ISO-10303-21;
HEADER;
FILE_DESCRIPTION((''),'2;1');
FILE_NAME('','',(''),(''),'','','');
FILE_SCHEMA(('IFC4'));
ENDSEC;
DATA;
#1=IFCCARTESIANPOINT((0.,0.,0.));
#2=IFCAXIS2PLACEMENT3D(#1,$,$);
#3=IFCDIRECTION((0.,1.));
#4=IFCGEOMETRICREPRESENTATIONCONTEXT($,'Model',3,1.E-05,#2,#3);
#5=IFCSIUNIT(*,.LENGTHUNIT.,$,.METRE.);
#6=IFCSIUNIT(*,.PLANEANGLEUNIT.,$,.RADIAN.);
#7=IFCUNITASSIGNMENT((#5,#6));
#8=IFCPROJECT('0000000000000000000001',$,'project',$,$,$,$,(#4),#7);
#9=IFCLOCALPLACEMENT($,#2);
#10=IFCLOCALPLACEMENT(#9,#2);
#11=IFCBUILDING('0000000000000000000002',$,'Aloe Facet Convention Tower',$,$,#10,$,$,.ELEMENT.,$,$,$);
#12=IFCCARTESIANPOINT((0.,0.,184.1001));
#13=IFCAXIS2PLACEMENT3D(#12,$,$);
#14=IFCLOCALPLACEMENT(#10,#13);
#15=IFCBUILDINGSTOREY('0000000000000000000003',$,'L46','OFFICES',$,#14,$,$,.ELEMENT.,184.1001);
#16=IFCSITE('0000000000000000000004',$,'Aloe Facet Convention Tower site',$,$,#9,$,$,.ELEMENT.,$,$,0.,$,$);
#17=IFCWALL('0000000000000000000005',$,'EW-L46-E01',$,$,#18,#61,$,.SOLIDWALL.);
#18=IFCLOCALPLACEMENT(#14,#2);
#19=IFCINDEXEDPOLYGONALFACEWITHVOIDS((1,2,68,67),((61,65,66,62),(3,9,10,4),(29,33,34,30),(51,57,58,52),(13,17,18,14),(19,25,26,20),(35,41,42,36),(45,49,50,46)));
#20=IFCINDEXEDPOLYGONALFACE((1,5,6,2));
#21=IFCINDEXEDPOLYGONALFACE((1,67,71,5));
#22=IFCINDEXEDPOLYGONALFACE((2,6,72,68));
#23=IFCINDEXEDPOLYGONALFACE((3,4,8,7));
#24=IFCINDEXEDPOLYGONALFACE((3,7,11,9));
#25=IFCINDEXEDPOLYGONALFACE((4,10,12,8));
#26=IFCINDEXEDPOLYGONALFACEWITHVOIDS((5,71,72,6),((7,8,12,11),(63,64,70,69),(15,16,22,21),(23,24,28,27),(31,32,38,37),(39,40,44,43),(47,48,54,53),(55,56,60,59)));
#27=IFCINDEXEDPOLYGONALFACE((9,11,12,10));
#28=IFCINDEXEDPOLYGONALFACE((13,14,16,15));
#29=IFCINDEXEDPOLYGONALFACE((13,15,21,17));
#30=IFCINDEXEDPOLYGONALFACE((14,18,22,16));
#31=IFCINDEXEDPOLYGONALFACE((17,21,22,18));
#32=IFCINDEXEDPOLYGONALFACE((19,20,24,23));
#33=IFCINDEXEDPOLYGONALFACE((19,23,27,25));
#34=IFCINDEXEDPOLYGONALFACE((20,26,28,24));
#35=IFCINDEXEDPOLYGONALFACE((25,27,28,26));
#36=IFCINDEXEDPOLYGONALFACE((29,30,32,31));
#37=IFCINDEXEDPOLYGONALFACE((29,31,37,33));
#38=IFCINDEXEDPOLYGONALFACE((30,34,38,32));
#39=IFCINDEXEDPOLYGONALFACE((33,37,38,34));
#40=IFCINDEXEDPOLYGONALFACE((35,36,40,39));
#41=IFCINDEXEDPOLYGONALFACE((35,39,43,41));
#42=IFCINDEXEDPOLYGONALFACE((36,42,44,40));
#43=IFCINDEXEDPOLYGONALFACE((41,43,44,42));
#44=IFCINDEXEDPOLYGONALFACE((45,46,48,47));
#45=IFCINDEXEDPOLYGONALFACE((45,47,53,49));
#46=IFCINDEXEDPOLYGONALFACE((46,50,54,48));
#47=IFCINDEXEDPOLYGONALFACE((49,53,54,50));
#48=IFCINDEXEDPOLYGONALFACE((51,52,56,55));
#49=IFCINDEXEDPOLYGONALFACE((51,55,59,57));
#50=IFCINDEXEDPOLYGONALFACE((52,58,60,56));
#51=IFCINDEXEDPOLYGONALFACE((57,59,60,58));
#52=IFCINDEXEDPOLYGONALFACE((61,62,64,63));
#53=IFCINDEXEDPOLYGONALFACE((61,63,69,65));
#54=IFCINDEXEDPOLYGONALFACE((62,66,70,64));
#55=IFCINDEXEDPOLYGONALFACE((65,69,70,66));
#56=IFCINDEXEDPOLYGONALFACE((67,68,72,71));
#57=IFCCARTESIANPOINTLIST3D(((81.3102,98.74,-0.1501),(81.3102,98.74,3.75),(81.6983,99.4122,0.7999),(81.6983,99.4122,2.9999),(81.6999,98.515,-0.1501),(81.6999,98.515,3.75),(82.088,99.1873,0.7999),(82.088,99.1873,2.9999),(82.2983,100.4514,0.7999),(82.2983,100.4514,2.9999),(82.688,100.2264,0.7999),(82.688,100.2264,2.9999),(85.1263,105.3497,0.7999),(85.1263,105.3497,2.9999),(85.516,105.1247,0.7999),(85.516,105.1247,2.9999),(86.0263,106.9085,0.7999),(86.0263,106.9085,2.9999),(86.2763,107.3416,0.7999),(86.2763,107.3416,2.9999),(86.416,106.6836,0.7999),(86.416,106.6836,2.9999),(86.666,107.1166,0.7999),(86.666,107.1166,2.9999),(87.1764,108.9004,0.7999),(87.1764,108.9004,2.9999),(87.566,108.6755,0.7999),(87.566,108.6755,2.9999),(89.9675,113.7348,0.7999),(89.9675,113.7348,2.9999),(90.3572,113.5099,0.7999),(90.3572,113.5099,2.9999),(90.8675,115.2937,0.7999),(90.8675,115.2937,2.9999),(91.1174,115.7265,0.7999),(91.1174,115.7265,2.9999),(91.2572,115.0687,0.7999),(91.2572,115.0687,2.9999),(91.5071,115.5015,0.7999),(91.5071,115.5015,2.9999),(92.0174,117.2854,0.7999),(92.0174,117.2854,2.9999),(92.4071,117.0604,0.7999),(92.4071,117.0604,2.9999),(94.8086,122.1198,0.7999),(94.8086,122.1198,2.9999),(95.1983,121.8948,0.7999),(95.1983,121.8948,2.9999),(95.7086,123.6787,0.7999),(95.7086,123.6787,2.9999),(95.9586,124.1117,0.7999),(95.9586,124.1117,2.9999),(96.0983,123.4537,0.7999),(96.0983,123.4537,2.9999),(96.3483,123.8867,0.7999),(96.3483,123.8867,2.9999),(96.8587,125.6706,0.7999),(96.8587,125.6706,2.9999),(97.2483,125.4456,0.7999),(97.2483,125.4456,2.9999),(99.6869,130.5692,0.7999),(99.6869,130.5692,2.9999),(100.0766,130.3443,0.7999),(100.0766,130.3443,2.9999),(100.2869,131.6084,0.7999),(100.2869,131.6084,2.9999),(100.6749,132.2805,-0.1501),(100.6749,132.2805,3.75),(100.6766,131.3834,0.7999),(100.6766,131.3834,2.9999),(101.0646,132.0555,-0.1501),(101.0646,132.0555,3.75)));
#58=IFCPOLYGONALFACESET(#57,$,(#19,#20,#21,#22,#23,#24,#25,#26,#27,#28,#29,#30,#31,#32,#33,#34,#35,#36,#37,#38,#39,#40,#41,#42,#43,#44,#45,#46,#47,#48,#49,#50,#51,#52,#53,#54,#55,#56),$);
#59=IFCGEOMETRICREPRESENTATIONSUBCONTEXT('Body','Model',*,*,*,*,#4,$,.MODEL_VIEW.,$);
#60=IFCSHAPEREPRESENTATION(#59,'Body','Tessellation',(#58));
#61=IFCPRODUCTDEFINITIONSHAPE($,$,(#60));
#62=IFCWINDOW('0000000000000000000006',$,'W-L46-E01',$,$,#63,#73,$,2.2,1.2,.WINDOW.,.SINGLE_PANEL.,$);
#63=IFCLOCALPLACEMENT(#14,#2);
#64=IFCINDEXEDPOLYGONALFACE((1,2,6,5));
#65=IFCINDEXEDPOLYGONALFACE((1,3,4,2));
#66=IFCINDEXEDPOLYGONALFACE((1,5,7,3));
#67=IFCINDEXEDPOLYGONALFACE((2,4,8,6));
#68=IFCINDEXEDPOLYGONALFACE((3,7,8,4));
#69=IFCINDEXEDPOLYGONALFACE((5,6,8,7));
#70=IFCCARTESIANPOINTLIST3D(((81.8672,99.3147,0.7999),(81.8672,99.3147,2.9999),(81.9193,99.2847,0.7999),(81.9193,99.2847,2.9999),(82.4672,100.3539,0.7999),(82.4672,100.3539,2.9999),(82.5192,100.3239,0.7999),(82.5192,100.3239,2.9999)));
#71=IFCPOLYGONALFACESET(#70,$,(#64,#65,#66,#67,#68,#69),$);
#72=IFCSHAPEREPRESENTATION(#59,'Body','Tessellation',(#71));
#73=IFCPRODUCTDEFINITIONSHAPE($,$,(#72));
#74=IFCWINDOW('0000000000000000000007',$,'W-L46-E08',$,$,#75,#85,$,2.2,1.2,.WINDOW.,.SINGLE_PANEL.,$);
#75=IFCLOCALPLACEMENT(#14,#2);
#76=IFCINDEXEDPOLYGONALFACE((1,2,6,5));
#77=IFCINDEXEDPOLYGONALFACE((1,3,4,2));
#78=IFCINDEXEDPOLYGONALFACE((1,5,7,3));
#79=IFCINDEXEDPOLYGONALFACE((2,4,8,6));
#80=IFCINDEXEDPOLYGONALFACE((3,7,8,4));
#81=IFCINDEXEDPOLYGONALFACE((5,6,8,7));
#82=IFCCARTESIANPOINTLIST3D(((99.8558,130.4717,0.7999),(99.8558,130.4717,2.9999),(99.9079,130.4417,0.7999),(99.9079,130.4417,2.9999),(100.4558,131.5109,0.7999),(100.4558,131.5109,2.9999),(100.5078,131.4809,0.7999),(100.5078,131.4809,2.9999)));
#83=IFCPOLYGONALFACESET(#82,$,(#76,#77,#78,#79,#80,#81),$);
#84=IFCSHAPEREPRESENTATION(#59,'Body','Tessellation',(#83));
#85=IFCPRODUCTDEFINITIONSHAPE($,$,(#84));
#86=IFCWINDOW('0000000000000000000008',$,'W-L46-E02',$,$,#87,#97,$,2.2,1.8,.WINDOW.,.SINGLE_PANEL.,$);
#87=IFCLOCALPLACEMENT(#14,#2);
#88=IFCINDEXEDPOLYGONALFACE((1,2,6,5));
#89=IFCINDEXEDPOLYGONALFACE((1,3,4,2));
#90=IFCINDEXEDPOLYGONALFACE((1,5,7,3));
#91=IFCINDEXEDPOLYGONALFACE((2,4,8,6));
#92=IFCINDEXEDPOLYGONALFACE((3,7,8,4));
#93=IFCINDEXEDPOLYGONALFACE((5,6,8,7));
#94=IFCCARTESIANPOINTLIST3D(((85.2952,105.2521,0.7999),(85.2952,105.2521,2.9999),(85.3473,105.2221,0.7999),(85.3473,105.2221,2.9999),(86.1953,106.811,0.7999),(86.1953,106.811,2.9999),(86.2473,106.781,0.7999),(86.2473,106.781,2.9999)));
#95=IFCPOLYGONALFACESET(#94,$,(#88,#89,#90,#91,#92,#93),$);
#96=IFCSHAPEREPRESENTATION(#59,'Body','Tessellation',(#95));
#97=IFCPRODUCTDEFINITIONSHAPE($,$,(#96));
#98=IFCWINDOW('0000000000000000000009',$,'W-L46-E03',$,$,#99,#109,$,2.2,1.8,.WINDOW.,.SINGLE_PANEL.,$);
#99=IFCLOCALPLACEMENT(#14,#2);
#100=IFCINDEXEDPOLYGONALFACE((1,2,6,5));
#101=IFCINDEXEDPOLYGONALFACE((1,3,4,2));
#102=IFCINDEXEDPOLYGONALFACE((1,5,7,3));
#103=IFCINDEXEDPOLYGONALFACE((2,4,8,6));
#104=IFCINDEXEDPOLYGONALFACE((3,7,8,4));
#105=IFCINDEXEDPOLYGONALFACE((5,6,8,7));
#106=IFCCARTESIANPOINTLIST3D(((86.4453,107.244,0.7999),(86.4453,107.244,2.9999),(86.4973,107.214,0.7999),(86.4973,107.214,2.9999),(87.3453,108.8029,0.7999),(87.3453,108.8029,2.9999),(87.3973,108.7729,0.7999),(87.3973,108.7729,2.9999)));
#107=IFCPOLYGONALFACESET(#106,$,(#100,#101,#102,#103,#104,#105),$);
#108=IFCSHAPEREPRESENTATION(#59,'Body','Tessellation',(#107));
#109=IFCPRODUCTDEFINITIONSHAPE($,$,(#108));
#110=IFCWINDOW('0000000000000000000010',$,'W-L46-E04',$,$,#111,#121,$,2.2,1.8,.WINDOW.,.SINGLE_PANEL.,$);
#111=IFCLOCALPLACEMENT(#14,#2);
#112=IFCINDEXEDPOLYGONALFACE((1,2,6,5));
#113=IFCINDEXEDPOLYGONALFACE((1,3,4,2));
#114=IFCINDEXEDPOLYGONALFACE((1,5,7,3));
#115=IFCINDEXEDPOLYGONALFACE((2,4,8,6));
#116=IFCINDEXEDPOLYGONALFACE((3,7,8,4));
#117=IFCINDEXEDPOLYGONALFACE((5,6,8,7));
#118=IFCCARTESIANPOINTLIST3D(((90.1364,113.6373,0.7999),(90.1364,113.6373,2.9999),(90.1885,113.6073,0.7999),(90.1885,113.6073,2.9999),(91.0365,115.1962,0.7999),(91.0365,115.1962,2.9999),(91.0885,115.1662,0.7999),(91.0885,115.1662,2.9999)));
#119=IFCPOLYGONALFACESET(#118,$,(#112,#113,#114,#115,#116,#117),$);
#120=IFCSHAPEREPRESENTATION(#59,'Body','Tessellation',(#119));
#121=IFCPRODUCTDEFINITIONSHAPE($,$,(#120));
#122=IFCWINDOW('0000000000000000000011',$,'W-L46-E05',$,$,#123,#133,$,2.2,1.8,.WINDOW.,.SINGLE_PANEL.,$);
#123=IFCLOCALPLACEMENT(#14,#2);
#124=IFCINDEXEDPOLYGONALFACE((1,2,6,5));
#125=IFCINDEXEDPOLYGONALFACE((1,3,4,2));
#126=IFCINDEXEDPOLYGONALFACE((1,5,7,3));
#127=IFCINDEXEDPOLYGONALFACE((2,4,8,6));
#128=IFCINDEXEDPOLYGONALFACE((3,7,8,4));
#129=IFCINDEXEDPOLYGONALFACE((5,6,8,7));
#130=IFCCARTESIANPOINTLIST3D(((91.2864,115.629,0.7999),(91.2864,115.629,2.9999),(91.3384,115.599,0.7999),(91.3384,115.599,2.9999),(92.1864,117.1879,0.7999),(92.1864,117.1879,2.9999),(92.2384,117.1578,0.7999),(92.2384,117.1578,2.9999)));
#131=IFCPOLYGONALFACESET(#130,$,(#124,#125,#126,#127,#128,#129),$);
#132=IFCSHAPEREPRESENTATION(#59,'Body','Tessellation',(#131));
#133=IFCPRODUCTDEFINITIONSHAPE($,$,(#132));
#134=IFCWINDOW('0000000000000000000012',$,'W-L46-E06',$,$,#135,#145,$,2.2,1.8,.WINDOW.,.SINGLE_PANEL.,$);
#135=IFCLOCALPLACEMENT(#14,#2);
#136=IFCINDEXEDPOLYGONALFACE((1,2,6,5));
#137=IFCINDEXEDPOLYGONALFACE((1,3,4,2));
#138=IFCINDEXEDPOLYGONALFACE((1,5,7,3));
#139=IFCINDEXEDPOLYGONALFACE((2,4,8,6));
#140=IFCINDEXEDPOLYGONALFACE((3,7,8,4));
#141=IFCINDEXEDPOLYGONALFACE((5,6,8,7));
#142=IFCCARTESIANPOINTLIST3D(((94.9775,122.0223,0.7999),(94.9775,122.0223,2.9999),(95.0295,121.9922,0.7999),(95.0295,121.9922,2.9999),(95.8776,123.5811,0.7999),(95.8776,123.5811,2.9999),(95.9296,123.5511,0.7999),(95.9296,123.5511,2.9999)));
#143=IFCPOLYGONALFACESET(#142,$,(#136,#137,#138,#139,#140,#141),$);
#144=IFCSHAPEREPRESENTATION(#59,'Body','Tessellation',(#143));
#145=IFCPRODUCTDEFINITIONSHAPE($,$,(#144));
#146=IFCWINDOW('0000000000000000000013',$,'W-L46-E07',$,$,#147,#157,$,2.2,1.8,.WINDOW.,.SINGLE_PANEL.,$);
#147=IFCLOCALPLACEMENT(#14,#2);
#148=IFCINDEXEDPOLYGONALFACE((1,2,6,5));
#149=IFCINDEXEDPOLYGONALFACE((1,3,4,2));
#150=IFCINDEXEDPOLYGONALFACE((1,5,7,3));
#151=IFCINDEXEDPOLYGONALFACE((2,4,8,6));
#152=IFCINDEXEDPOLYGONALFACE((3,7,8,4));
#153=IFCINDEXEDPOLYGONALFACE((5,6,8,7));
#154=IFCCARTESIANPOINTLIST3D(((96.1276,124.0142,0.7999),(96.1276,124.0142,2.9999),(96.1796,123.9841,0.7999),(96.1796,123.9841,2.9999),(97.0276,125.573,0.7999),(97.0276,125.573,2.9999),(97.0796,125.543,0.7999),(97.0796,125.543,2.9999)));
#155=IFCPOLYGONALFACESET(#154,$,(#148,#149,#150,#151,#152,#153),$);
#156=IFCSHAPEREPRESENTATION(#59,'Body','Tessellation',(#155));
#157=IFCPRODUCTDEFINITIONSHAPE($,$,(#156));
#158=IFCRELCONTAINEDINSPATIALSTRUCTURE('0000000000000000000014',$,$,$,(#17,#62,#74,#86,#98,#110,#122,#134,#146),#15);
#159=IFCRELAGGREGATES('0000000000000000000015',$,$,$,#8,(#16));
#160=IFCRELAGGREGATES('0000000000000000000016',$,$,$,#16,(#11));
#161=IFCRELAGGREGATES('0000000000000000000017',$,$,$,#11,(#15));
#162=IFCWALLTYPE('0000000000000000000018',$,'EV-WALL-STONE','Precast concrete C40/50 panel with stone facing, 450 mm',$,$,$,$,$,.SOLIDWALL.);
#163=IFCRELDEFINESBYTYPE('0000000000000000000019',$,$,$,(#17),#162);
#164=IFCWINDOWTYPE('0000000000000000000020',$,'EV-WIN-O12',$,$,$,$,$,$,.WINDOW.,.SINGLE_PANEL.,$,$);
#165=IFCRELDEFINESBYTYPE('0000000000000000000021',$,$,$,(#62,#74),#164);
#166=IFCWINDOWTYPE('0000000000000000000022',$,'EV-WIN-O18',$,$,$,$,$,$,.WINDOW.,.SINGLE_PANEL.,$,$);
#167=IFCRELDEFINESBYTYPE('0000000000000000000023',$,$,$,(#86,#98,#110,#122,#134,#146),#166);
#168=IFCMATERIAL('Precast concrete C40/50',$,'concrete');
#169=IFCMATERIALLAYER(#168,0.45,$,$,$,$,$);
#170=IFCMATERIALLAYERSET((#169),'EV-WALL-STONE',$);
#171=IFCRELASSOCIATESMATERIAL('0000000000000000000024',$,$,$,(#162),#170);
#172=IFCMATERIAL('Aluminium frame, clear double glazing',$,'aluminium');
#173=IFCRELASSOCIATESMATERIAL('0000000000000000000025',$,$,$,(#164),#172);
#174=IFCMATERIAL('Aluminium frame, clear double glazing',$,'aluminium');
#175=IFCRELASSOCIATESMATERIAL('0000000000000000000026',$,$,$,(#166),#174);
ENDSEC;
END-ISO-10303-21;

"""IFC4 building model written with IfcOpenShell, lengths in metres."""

from ifc_helpers import new_model, si_unit, direction, frame, frame_2d, origin, place, context, subcontext, project, spatial, polyline, rectangle, outline, extrude, material, layer, layer_set, type_object, element, fill, save


model = new_model("IFC4")

# Units and contexts
model_context = context("Model", 3, precision=1e-05, world=origin(), true_north=direction((0.0, 1.0)))
body_context = subcontext(model_context, "Body", "Model", "MODEL_VIEW")
ifc_project = project(units=[si_unit("LENGTHUNIT", "METRE"), si_unit("PLANEANGLEUNIT", "RADIAN")], contexts=[model_context])

# Site, building, storey
site_placement = place(None, origin())
site = spatial("IfcSite", under=ifc_project, at=site_placement, Name="Aloe Facet Convention Tower site", CompositionType="ELEMENT", RefElevation=0.0)
building_placement = place(site_placement, origin())
building = spatial("IfcBuilding", under=site, at=building_placement, Name="Aloe Facet Convention Tower", CompositionType="ELEMENT")
storey_placement = place(building_placement, frame((0.0, 0.0, 184.1001)))
storey = spatial("IfcBuildingStorey", under=building, at=storey_placement, Name="L46", Description="OFFICES", CompositionType="ELEMENT", Elevation=184.1001)

# Wall, openings, windows
ifc_material_1 = material(Name="Precast concrete C40/50", Category="concrete")
ifc_layer_1 = layer(ifc_material_1, 0.45)
ifc_layer_set_1 = layer_set([ifc_layer_1], Name="EV-WALL-STONE")
wall_type_1 = type_object("IfcWallType", Name="EV-WALL-STONE", Description="Precast concrete C40/50 panel with stone facing, 450 mm", PredefinedType="SOLIDWALL", material=ifc_layer_set_1)
wall_1_placement = place(storey_placement, frame((81.5051, 98.6274, -0.1501), z_axis=(0.0, 0.0, 1.0), x_axis=(0.500002, 0.866024, 0.0)))
wall_1 = element("IfcWall", 1, at=wall_1_placement, inside=storey, type_object=wall_type_1, Name="EW-L46-E01", PredefinedType="SOLIDWALL", context=body_context, shape_type="SweptSolid", body=[
    extrude(outline(polyline([(38.7292, 0.0), (38.7292, 3.9001), (0.0, 3.9001), (0.0, 0.0), (38.7292, 0.0)])), frame((0.0, 0.2251, 0.0), z_axis=(0.0, -1.0, 0.0), x_axis=(1.0, 0.0, 0.0)), (0.0, 0.0, 1.0), 0.45),
])
opening_1_placement = place(wall_1_placement, frame((0.7761, 0.0, 0.95)))
opening_1 = element("IfcOpeningElement", 2, at=opening_1_placement, cuts=wall_1, PredefinedType="OPENING", context=body_context, shape_type="SweptSolid", body=[
    extrude(rectangle(XDim=1.2, YDim=2.2, at=frame_2d((0.6001, 1.1001))), frame((0.0, 0.2349, 0.0), z_axis=(0.0, -1.0, 0.0), x_axis=(1.0, 0.0, 0.0)), (0.0, 0.0, 1.0), 0.47),
])
opening_2_placement = place(wall_1_placement, frame((7.6323, 0.0, 0.95)))
opening_2 = element("IfcOpeningElement", 3, at=opening_2_placement, cuts=wall_1, PredefinedType="OPENING", context=body_context, shape_type="SweptSolid", body=[
    extrude(rectangle(XDim=1.8, YDim=2.2, at=frame_2d((0.8999, 1.1001))), frame((0.0, 0.2349, 0.0), z_axis=(0.0, -1.0, 0.0), x_axis=(1.0, 0.0, 0.0)), (0.0, 0.0, 1.0), 0.47),
])
opening_3_placement = place(wall_1_placement, frame((9.9324, 0.0, 0.95)))
opening_3 = element("IfcOpeningElement", 4, at=opening_3_placement, cuts=wall_1, PredefinedType="OPENING", context=body_context, shape_type="SweptSolid", body=[
    extrude(rectangle(XDim=1.8, YDim=2.2, at=frame_2d((0.8999, 1.1001))), frame((0.0, 0.2349, 0.0), z_axis=(0.0, -1.0, 0.0), x_axis=(1.0, 0.0, 0.0)), (0.0, 0.0, 1.0), 0.47),
])
opening_4_placement = place(wall_1_placement, frame((17.3147, 0.0, 0.95)))
opening_4 = element("IfcOpeningElement", 5, at=opening_4_placement, cuts=wall_1, PredefinedType="OPENING", context=body_context, shape_type="SweptSolid", body=[
    extrude(rectangle(XDim=1.8, YDim=2.2, at=frame_2d((0.8999, 1.1001))), frame((0.0, 0.2349, 0.0), z_axis=(0.0, -1.0, 0.0), x_axis=(1.0, 0.0, 0.0)), (0.0, 0.0, 1.0), 0.47),
])
opening_5_placement = place(wall_1_placement, frame((19.6145, 0.0, 0.95)))
opening_5 = element("IfcOpeningElement", 6, at=opening_5_placement, cuts=wall_1, PredefinedType="OPENING", context=body_context, shape_type="SweptSolid", body=[
    extrude(rectangle(XDim=1.8, YDim=2.2, at=frame_2d((0.8999, 1.1001))), frame((0.0, 0.2349, 0.0), z_axis=(0.0, -1.0, 0.0), x_axis=(1.0, 0.0, 0.0)), (0.0, 0.0, 1.0), 0.47),
])
opening_6_placement = place(wall_1_placement, frame((26.9968, 0.0, 0.95)))
opening_6 = element("IfcOpeningElement", 7, at=opening_6_placement, cuts=wall_1, PredefinedType="OPENING", context=body_context, shape_type="SweptSolid", body=[
    extrude(rectangle(XDim=1.8, YDim=2.2, at=frame_2d((0.8999, 1.1001))), frame((0.0, 0.2349, 0.0), z_axis=(0.0, -1.0, 0.0), x_axis=(1.0, 0.0, 0.0)), (0.0, 0.0, 1.0), 0.47),
])
opening_7_placement = place(wall_1_placement, frame((29.2969, 0.0, 0.95)))
opening_7 = element("IfcOpeningElement", 8, at=opening_7_placement, cuts=wall_1, PredefinedType="OPENING", context=body_context, shape_type="SweptSolid", body=[
    extrude(rectangle(XDim=1.8, YDim=2.2, at=frame_2d((0.8999, 1.1001))), frame((0.0, 0.2349, 0.0), z_axis=(0.0, -1.0, 0.0), x_axis=(1.0, 0.0, 0.0)), (0.0, 0.0, 1.0), 0.47),
])
opening_8_placement = place(wall_1_placement, frame((36.7532, 0.0, 0.95)))
opening_8 = element("IfcOpeningElement", 9, at=opening_8_placement, cuts=wall_1, PredefinedType="OPENING", context=body_context, shape_type="SweptSolid", body=[
    extrude(rectangle(XDim=1.2, YDim=2.2, at=frame_2d((0.6001, 1.1001))), frame((0.0, 0.2349, 0.0), z_axis=(0.0, -1.0, 0.0), x_axis=(1.0, 0.0, 0.0)), (0.0, 0.0, 1.0), 0.47),
])
ifc_material_2 = material(Name="Aluminium frame, clear double glazing", Category="aluminium")
window_type_1 = type_object("IfcWindowType", Name="EV-WIN-O12", PartitioningType="SINGLE_PANEL", PredefinedType="WINDOW", material=ifc_material_2)
window_1_placement = place(opening_1_placement, origin())
window_1 = element("IfcWindow", 10, at=window_1_placement, inside=storey, type_object=window_type_1, Name="W-L46-E01", OverallHeight=2.2, OverallWidth=1.2, PartitioningType="SINGLE_PANEL", PredefinedType="WINDOW", context=body_context, shape_type="SweptSolid", body=[
    extrude(rectangle(XDim=1.2, YDim=2.2, at=frame_2d((0.6001, 1.1001))), frame((0.0, 0.03, 0.0), z_axis=(0.0, -1.0, 0.0), x_axis=(1.0, 0.0, 0.0)), (0.0, 0.0, 1.0), 0.0601),
])
fill(opening_1, window_1)
window_2_placement = place(opening_8_placement, origin())
window_2 = element("IfcWindow", 11, at=window_2_placement, inside=storey, type_object=window_type_1, Name="W-L46-E08", OverallHeight=2.2, OverallWidth=1.2, PartitioningType="SINGLE_PANEL", PredefinedType="WINDOW", context=body_context, shape_type="SweptSolid", body=[
    extrude(rectangle(XDim=1.2, YDim=2.2, at=frame_2d((0.6001, 1.1001))), frame((0.0, 0.03, 0.0), z_axis=(0.0, -1.0, 0.0), x_axis=(1.0, 0.0, 0.0)), (0.0, 0.0, 1.0), 0.0601),
])
fill(opening_8, window_2)
ifc_material_3 = material(Name="Aluminium frame, clear double glazing", Category="aluminium")
window_type_2 = type_object("IfcWindowType", Name="EV-WIN-O18", PartitioningType="SINGLE_PANEL", PredefinedType="WINDOW", material=ifc_material_3)
window_3_placement = place(opening_2_placement, origin())
window_3 = element("IfcWindow", 12, at=window_3_placement, inside=storey, type_object=window_type_2, Name="W-L46-E02", OverallHeight=2.2, OverallWidth=1.8, PartitioningType="SINGLE_PANEL", PredefinedType="WINDOW", context=body_context, shape_type="SweptSolid", body=[
    extrude(rectangle(XDim=1.8, YDim=2.2, at=frame_2d((0.8999, 1.1001))), frame((0.0, 0.03, 0.0), z_axis=(0.0, -1.0, 0.0), x_axis=(1.0, 0.0, 0.0)), (0.0, 0.0, 1.0), 0.0601),
])
fill(opening_2, window_3)
window_4_placement = place(opening_3_placement, origin())
window_4 = element("IfcWindow", 13, at=window_4_placement, inside=storey, type_object=window_type_2, Name="W-L46-E03", OverallHeight=2.2, OverallWidth=1.8, PartitioningType="SINGLE_PANEL", PredefinedType="WINDOW", context=body_context, shape_type="SweptSolid", body=[
    extrude(rectangle(XDim=1.8, YDim=2.2, at=frame_2d((0.8999, 1.1001))), frame((0.0, 0.03, 0.0), z_axis=(0.0, -1.0, 0.0), x_axis=(1.0, 0.0, 0.0)), (0.0, 0.0, 1.0), 0.0601),
])
fill(opening_3, window_4)
window_5_placement = place(opening_4_placement, origin())
window_5 = element("IfcWindow", 14, at=window_5_placement, inside=storey, type_object=window_type_2, Name="W-L46-E04", OverallHeight=2.2, OverallWidth=1.8, PartitioningType="SINGLE_PANEL", PredefinedType="WINDOW", context=body_context, shape_type="SweptSolid", body=[
    extrude(rectangle(XDim=1.8, YDim=2.2, at=frame_2d((0.8999, 1.1001))), frame((0.0, 0.03, 0.0), z_axis=(0.0, -1.0, 0.0), x_axis=(1.0, 0.0, 0.0)), (0.0, 0.0, 1.0), 0.0601),
])
fill(opening_4, window_5)
window_6_placement = place(opening_5_placement, origin())
window_6 = element("IfcWindow", 15, at=window_6_placement, inside=storey, type_object=window_type_2, Name="W-L46-E05", OverallHeight=2.2, OverallWidth=1.8, PartitioningType="SINGLE_PANEL", PredefinedType="WINDOW", context=body_context, shape_type="SweptSolid", body=[
    extrude(rectangle(XDim=1.8, YDim=2.2, at=frame_2d((0.8999, 1.1001))), frame((0.0, 0.03, 0.0), z_axis=(0.0, -1.0, 0.0), x_axis=(1.0, 0.0, 0.0)), (0.0, 0.0, 1.0), 0.0601),
])
fill(opening_5, window_6)
window_7_placement = place(opening_6_placement, origin())
window_7 = element("IfcWindow", 16, at=window_7_placement, inside=storey, type_object=window_type_2, Name="W-L46-E06", OverallHeight=2.2, OverallWidth=1.8, PartitioningType="SINGLE_PANEL", PredefinedType="WINDOW", context=body_context, shape_type="SweptSolid", body=[
    extrude(rectangle(XDim=1.8, YDim=2.2, at=frame_2d((0.8999, 1.1001))), frame((0.0, 0.03, 0.0), z_axis=(0.0, -1.0, 0.0), x_axis=(1.0, 0.0, 0.0)), (0.0, 0.0, 1.0), 0.0601),
])
fill(opening_6, window_7)
window_8_placement = place(opening_7_placement, origin())
window_8 = element("IfcWindow", 17, at=window_8_placement, inside=storey, type_object=window_type_2, Name="W-L46-E07", OverallHeight=2.2, OverallWidth=1.8, PartitioningType="SINGLE_PANEL", PredefinedType="WINDOW", context=body_context, shape_type="SweptSolid", body=[
    extrude(rectangle(XDim=1.8, YDim=2.2, at=frame_2d((0.8999, 1.1001))), frame((0.0, 0.03, 0.0), z_axis=(0.0, -1.0, 0.0), x_axis=(1.0, 0.0, 0.0)), (0.0, 0.0, 1.0), 0.0601),
])
fill(opening_7, window_8)

save(model, "model.ifc")
